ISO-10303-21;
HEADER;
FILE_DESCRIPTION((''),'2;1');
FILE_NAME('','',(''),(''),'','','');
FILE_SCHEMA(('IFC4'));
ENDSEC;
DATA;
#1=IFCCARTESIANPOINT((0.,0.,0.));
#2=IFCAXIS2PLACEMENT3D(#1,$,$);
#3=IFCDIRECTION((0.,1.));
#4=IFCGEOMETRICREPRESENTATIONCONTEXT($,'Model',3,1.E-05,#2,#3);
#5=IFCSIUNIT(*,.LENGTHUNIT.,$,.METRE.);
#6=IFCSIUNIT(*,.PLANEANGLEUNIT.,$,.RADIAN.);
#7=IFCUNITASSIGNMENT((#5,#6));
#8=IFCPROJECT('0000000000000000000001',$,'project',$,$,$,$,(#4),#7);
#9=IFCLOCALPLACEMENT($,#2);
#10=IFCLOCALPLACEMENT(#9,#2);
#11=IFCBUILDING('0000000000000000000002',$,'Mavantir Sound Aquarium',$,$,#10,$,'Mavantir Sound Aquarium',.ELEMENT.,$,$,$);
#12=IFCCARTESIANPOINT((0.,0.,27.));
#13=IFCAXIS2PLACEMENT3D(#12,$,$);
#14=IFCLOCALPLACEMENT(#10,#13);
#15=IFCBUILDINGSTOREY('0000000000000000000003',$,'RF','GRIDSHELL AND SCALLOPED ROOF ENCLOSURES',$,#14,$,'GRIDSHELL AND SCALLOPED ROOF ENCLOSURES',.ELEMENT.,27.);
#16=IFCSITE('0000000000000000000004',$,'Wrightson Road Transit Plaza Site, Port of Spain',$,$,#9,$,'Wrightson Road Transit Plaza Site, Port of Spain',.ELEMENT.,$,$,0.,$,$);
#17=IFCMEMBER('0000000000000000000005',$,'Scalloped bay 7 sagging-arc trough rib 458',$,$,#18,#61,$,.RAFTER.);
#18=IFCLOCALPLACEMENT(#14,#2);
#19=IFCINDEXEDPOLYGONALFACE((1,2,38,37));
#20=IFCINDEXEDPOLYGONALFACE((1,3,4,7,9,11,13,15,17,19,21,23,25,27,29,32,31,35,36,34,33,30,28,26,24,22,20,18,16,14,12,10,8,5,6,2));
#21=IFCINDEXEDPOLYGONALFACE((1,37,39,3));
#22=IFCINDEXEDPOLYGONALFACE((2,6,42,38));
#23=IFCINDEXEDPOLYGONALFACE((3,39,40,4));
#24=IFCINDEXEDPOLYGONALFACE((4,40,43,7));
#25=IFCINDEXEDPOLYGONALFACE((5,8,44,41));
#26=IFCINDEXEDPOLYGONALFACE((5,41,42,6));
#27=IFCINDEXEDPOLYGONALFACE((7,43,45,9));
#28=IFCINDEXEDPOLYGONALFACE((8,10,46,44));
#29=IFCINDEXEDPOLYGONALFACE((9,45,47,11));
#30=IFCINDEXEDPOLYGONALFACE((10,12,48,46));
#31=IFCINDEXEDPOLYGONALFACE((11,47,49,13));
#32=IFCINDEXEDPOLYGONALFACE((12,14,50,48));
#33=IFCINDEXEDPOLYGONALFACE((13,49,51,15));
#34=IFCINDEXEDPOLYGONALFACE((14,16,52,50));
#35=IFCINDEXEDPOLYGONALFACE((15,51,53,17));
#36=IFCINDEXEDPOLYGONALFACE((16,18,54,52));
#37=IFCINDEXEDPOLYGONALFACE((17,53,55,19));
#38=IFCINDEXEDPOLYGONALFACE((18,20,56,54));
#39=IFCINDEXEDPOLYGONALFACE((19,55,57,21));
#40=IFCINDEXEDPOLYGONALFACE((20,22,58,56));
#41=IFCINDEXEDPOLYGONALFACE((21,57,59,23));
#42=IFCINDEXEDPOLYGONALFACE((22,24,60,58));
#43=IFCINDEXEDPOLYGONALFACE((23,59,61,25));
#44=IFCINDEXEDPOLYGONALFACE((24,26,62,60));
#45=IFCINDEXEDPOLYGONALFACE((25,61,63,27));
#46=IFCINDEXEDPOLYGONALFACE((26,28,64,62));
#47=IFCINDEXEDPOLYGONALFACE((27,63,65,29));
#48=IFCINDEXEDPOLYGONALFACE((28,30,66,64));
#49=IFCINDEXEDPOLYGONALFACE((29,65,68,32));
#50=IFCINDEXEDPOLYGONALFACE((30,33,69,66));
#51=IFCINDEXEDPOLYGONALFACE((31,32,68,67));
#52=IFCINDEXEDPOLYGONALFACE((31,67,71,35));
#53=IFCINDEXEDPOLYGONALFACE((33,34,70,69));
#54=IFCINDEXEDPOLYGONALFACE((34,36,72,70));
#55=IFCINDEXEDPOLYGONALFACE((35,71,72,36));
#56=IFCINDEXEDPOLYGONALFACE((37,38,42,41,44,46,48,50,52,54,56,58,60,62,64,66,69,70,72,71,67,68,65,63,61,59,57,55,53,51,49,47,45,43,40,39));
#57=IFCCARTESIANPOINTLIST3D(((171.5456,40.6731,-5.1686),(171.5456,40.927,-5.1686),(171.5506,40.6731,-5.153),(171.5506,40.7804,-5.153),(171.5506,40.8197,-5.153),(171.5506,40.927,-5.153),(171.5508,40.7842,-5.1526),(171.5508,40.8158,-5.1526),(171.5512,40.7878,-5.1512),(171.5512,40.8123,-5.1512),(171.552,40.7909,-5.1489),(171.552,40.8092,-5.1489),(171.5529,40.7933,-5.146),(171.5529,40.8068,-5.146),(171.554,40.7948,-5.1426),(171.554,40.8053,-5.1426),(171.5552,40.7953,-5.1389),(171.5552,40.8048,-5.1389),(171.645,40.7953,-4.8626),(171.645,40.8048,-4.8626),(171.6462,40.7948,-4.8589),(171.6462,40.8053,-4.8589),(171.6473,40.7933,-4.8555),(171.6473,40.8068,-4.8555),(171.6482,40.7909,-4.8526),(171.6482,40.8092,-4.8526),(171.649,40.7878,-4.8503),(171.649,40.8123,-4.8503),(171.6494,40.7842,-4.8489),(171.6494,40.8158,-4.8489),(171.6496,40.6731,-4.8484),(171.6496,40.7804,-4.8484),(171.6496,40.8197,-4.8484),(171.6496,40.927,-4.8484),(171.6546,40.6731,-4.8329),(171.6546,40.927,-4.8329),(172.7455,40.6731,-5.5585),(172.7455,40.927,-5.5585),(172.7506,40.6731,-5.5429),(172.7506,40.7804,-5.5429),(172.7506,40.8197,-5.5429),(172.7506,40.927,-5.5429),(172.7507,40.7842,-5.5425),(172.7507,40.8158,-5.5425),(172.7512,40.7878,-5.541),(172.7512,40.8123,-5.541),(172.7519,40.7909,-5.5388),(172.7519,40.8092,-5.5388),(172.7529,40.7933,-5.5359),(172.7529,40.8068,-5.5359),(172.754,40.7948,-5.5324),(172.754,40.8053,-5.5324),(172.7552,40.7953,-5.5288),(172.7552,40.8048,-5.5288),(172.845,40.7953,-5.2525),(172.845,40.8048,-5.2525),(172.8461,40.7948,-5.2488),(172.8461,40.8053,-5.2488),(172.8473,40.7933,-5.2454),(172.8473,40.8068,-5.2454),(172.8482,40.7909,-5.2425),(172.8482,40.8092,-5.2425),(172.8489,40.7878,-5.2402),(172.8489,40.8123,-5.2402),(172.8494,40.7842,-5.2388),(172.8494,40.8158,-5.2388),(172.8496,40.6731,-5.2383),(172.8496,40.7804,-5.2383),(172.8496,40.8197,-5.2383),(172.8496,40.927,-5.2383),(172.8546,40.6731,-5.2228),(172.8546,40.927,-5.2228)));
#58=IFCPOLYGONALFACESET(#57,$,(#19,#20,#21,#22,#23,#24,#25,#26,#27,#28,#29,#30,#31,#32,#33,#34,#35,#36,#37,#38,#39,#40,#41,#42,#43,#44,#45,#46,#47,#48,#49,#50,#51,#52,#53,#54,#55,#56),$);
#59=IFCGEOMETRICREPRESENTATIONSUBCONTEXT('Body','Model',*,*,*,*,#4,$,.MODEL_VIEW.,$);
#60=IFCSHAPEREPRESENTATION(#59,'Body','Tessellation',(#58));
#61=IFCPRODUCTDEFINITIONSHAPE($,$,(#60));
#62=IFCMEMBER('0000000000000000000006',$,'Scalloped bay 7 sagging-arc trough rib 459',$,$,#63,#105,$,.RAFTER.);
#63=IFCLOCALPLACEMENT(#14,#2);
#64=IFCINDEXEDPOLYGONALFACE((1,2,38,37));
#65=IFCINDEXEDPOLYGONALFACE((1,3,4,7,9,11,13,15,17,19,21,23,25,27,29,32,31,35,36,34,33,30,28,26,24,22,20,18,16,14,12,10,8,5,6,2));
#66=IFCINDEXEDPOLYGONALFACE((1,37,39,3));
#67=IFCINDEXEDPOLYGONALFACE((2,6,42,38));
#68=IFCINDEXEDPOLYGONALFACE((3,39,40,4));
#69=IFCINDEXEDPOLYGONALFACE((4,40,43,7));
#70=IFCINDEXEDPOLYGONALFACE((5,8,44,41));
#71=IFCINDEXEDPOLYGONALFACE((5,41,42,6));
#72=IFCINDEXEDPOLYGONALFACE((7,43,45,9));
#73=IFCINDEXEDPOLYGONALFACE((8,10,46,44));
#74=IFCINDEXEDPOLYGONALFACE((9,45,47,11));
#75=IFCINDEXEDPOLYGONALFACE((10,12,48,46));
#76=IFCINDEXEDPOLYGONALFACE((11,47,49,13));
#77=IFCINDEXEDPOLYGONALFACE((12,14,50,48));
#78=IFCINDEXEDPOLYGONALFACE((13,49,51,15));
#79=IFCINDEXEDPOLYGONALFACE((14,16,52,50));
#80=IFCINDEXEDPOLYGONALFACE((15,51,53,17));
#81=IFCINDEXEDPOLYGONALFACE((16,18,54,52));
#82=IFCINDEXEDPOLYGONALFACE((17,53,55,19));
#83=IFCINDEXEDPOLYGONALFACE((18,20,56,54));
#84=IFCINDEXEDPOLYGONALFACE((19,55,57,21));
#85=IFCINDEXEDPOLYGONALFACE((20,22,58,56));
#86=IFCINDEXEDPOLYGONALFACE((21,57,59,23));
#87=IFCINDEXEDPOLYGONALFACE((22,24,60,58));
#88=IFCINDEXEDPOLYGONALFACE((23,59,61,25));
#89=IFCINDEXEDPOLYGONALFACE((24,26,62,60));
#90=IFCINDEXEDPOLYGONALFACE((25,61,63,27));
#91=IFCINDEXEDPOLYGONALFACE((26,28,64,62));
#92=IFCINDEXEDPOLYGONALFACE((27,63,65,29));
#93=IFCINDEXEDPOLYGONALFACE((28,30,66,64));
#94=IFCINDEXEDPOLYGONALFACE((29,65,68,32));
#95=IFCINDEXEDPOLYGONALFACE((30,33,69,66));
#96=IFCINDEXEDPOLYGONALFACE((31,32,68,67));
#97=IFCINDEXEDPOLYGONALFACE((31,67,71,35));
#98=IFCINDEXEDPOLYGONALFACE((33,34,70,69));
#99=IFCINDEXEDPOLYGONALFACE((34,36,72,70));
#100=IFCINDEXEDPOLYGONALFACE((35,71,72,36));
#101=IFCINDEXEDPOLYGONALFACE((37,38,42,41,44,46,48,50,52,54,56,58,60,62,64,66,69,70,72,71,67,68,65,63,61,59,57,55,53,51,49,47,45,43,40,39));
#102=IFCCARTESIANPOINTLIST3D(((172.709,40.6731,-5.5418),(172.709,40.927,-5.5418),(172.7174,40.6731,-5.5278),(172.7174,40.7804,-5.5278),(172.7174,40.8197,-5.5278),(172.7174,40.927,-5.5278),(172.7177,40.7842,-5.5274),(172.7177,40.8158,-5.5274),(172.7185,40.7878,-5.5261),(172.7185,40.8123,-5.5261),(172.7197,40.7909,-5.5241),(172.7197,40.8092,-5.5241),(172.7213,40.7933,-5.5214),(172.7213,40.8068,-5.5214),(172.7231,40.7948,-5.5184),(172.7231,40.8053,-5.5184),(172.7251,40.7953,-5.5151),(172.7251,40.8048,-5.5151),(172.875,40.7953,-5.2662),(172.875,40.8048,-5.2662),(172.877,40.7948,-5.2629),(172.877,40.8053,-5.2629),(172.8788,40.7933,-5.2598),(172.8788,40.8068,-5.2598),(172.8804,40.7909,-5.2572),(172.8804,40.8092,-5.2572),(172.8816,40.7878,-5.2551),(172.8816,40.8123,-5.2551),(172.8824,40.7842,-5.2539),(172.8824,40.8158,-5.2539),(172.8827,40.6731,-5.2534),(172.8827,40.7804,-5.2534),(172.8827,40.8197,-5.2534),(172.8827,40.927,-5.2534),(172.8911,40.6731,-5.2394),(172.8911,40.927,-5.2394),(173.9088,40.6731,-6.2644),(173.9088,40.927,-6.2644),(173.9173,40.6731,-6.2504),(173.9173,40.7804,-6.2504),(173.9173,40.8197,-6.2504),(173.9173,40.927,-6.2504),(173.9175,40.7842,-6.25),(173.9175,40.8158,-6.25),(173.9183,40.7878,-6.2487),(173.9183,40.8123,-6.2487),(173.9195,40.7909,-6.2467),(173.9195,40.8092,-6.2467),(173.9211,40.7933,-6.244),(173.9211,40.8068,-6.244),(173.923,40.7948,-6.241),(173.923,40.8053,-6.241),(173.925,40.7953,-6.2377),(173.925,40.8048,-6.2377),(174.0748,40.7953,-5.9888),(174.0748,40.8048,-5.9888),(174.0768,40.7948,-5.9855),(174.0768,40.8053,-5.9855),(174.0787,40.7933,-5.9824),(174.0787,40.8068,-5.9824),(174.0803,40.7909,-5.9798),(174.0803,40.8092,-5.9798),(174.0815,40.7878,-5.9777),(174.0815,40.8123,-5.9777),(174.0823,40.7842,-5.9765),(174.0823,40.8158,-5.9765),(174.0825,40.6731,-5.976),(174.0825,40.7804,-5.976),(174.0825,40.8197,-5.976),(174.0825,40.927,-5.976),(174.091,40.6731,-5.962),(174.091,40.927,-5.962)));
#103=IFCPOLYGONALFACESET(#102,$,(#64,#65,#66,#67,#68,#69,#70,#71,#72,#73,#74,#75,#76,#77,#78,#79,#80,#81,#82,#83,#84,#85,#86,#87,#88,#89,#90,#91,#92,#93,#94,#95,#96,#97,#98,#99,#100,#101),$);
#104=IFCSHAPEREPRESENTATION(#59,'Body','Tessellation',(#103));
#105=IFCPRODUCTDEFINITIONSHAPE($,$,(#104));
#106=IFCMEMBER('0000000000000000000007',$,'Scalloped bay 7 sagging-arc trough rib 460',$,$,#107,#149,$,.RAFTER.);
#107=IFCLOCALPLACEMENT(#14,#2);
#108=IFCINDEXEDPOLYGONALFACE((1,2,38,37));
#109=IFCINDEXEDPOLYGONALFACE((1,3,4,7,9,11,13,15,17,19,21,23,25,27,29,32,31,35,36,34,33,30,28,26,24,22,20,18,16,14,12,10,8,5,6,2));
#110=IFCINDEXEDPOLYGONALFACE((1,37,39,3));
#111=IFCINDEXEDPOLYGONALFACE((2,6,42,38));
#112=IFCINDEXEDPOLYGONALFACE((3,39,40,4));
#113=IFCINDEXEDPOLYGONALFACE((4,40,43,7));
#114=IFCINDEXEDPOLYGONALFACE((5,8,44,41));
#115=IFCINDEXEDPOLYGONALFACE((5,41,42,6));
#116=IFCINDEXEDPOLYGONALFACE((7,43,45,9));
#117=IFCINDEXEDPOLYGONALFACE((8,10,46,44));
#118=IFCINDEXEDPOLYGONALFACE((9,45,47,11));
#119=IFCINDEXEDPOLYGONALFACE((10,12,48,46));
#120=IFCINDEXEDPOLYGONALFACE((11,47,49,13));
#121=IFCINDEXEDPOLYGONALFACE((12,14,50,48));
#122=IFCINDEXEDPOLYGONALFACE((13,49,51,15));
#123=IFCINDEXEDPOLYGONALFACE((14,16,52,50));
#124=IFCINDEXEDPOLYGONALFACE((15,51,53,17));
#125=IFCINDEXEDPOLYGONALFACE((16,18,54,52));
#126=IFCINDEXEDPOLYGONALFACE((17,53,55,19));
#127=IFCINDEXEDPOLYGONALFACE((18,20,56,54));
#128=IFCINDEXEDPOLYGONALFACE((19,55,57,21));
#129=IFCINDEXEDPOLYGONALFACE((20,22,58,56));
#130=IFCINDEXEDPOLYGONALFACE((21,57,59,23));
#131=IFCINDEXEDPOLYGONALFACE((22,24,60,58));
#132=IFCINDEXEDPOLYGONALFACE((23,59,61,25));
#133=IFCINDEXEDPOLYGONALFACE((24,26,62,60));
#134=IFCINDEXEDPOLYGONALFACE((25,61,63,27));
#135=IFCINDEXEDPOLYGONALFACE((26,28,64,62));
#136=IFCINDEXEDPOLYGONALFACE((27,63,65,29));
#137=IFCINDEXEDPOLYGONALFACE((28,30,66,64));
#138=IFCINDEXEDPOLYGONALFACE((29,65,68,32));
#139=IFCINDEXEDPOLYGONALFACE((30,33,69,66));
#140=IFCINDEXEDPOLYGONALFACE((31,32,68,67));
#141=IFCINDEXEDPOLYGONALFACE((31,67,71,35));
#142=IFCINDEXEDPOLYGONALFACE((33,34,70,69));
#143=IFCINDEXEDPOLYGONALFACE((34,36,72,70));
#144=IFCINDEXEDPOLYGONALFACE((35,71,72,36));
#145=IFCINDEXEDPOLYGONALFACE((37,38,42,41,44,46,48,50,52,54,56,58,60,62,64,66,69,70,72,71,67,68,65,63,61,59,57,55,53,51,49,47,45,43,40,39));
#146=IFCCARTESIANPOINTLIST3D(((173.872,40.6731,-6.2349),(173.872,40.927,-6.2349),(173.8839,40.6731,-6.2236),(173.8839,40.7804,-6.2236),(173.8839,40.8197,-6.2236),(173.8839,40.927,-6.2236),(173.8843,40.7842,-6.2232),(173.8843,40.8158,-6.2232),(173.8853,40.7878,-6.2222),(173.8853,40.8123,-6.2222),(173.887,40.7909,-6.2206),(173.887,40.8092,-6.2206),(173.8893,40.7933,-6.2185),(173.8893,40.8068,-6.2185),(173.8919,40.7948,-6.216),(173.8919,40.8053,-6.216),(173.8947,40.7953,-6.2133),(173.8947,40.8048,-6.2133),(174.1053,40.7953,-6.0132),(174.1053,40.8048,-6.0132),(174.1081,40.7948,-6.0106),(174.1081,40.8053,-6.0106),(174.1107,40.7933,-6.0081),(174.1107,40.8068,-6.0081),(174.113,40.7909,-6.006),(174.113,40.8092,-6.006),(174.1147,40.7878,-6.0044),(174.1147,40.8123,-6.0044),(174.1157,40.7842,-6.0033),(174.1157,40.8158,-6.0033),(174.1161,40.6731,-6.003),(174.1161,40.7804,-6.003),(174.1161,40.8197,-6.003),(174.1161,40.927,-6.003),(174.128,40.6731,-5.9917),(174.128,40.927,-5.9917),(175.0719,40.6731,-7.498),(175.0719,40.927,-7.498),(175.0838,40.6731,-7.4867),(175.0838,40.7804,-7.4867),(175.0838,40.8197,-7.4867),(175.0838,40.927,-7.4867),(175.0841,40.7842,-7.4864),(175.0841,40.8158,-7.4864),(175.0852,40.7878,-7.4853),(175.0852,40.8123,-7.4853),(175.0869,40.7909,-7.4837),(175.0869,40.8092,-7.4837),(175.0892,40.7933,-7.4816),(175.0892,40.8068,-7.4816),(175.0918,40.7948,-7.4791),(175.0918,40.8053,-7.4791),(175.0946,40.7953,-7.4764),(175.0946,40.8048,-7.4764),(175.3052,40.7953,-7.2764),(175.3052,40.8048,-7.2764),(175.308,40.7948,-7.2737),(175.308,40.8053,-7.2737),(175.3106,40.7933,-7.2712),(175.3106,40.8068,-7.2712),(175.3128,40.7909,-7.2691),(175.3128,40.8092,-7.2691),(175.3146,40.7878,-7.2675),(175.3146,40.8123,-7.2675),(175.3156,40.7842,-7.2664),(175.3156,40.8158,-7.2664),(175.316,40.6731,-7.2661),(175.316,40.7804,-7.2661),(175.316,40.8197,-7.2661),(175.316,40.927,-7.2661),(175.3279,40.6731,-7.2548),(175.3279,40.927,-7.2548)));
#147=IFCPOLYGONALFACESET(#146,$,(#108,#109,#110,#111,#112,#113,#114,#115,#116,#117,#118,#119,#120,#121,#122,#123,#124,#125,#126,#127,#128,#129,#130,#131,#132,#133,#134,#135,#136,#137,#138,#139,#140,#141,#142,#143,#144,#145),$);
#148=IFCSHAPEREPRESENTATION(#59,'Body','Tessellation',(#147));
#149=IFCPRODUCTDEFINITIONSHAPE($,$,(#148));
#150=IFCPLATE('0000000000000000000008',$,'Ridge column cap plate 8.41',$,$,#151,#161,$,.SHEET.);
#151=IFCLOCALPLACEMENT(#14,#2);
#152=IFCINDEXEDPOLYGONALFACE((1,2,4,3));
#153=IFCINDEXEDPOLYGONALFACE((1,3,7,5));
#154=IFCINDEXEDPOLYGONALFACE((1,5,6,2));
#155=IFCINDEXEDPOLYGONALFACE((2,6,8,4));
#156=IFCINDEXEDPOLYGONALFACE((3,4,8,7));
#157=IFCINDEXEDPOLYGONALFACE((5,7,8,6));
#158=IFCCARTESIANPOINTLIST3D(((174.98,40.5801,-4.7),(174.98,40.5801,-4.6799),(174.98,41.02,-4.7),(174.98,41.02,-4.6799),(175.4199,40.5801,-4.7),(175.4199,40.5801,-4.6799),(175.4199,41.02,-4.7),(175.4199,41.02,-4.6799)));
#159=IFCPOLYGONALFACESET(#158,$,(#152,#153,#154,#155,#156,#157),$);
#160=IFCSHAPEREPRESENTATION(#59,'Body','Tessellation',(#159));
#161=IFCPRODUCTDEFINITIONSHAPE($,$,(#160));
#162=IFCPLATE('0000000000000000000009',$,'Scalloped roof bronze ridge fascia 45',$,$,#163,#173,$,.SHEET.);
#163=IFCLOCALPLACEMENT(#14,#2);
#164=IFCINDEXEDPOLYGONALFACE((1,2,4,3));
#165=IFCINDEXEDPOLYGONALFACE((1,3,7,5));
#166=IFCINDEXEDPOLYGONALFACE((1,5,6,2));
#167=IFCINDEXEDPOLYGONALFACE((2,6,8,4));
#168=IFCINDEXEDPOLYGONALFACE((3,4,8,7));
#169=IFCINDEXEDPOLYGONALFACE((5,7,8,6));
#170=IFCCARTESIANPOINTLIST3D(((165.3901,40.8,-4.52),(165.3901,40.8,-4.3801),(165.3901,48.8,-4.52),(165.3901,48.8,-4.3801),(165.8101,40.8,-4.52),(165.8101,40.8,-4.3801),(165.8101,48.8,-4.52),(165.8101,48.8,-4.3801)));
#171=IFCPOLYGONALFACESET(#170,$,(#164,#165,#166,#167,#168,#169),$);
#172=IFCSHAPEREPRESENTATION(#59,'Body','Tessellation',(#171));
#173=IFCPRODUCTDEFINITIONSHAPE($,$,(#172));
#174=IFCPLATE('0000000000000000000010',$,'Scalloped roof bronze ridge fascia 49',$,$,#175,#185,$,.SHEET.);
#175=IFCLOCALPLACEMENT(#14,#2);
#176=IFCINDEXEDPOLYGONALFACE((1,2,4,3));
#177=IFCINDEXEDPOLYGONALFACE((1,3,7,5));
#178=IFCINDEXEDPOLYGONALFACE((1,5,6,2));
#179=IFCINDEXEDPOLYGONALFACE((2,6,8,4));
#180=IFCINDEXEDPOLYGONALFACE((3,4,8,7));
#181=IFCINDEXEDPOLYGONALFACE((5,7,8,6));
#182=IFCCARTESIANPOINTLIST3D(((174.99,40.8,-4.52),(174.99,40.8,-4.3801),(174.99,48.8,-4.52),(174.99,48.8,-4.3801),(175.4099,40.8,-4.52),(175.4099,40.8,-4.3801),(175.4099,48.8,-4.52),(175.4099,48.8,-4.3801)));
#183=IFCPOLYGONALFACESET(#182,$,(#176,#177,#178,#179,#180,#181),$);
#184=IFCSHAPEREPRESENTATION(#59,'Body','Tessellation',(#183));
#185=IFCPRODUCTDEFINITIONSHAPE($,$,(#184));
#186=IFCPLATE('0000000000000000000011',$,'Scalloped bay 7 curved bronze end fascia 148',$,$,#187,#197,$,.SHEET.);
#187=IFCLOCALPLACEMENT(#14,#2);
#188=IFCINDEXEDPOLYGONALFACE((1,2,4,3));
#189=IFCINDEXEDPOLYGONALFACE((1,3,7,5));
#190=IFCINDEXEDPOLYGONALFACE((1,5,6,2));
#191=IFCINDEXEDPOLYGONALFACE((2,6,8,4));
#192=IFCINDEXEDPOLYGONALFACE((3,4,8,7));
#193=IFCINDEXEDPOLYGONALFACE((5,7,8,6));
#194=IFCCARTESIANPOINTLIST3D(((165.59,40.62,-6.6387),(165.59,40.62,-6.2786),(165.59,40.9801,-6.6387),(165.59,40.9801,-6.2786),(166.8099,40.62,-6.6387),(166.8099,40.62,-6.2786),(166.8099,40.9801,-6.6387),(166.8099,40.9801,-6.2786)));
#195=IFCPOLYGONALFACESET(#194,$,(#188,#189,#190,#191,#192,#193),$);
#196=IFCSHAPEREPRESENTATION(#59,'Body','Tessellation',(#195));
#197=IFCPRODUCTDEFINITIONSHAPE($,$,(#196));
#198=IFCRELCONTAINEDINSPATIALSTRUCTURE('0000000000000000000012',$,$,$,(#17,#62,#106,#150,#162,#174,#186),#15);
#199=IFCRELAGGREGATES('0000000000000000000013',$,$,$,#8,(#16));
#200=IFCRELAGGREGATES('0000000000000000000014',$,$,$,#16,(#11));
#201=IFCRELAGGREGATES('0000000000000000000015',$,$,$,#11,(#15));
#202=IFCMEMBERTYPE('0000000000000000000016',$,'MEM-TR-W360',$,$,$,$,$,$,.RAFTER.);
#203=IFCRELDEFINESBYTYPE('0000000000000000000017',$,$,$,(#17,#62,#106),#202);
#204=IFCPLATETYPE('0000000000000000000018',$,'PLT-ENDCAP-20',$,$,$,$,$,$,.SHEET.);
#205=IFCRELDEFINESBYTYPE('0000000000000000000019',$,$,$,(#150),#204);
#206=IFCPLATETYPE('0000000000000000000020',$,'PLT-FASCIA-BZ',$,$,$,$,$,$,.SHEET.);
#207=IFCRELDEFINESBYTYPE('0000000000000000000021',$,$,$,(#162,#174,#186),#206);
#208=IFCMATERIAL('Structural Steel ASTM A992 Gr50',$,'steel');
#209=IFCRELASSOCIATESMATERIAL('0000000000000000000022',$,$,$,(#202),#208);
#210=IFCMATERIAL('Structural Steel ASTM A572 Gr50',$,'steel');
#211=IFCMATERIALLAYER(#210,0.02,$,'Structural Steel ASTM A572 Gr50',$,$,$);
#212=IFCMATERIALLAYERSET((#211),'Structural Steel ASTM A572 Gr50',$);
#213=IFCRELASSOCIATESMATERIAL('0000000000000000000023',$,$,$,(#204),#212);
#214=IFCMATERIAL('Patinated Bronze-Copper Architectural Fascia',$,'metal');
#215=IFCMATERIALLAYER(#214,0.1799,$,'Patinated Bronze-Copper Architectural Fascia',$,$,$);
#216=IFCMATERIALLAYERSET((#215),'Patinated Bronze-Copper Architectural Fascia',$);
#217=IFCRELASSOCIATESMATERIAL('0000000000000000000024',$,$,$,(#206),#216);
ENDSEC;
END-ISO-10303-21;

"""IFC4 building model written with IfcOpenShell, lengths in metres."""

from ifc_helpers import new_model, si_unit, direction, frame, origin, origin_2d, place, context, subcontext, project, spatial, rectangle, i_section, extrude, material, layer, layer_set, material_profile, profile_set, type_object, element, save


model = new_model("IFC4")

# Units and contexts
model_context = context("Model", 3, precision=1e-05, world=origin(), true_north=direction((0.0, 1.0)))
body_context = subcontext(model_context, "Body", "Model", "MODEL_VIEW")
ifc_project = project(units=[si_unit("LENGTHUNIT", "METRE"), si_unit("PLANEANGLEUNIT", "RADIAN")], contexts=[model_context])

# Site, building, storey
site_placement = place(None, origin())
site = spatial("IfcSite", under=ifc_project, at=site_placement, Name="Wrightson Road Transit Plaza Site, Port of Spain", LongName="Wrightson Road Transit Plaza Site, Port of Spain", CompositionType="ELEMENT", RefElevation=0.0)
building_placement = place(site_placement, origin())
building = spatial("IfcBuilding", under=site, at=building_placement, Name="Mavantir Sound Aquarium", LongName="Mavantir Sound Aquarium", CompositionType="ELEMENT")
storey_placement = place(building_placement, frame((0.0, 0.0, 27.0)))
storey = spatial("IfcBuildingStorey", under=building, at=storey_placement, Name="RF", Description="GRIDSHELL AND SCALLOPED ROOF ENCLOSURES", LongName="GRIDSHELL AND SCALLOPED ROOF ENCLOSURES", CompositionType="ELEMENT", Elevation=27.0)

# Shared definitions
ifc_material_1 = material(Name="Structural Steel ASTM A992 Gr50", Category="steel")

# Members
ifc_material_profile_1 = material_profile(ifc_material_1, i_section(OverallWidth=0.2539, OverallDepth=0.353, WebThickness=0.0095, FlangeThickness=0.0164, FilletRadius=0.0149, at=origin_2d()), Name="W360X91")
ifc_profile_set_1 = profile_set([ifc_material_profile_1], Name="Structural Steel ASTM A992 Gr50")
member_type_1 = type_object("IfcMemberType", Name="MEM-TR-W360", PredefinedType="RAFTER", material=ifc_profile_set_1)
member_1_placement = place(storey_placement, frame((171.6001, 40.8, -5.0007), z_axis=(0.951055, 0.0, -0.30902), x_axis=(0.0, 1.0, 0.0)))
element("IfcMember", 1, at=member_1_placement, inside=storey, type_object=member_type_1, Name="Scalloped bay 7 sagging-arc trough rib 458", PredefinedType="RAFTER", context=body_context, shape_type="SweptSolid", body=[
    extrude(i_section(OverallWidth=0.2539, OverallDepth=0.353, WebThickness=0.0095, FlangeThickness=0.0164, FilletRadius=0.0149, at=origin_2d()), origin(), (0.0, 0.0, 1.0), 1.2617),
])
member_2_placement = place(storey_placement, frame((172.8, 40.8, -5.3906), z_axis=(0.856646, 0.0, -0.515905), x_axis=(0.0, 1.0, 0.0)))
element("IfcMember", 2, at=member_2_placement, inside=storey, type_object=member_type_1, Name="Scalloped bay 7 sagging-arc trough rib 459", PredefinedType="RAFTER", context=body_context, shape_type="SweptSolid", body=[
    extrude(i_section(OverallWidth=0.2539, OverallDepth=0.353, WebThickness=0.0095, FlangeThickness=0.0164, FilletRadius=0.0149, at=origin_2d()), origin(), (0.0, 0.0, 1.0), 1.4006),
])
member_3_placement = place(storey_placement, frame((174.0, 40.8, -6.1133), z_axis=(0.688727, 0.0, -0.72502), x_axis=(0.0, 1.0, 0.0)))
element("IfcMember", 3, at=member_3_placement, inside=storey, type_object=member_type_1, Name="Scalloped bay 7 sagging-arc trough rib 460", PredefinedType="RAFTER", context=body_context, shape_type="SweptSolid", body=[
    extrude(i_section(OverallWidth=0.2539, OverallDepth=0.353, WebThickness=0.0095, FlangeThickness=0.0164, FilletRadius=0.0149, at=origin_2d()), origin(), (0.0, 0.0, 1.0), 1.7422),
])

# Plates
ifc_material_2 = material(Name="Structural Steel ASTM A572 Gr50", Category="steel")
ifc_layer_1 = layer(ifc_material_2, 0.02, Name="Structural Steel ASTM A572 Gr50")
ifc_layer_set_1 = layer_set([ifc_layer_1], Name="Structural Steel ASTM A572 Gr50")
plate_type_1 = type_object("IfcPlateType", Name="PLT-ENDCAP-20", PredefinedType="SHEET", material=ifc_layer_set_1)
plate_placement = place(storey_placement, frame((175.2, 40.8, -4.7), z_axis=(0.0, 0.0, 1.0), x_axis=(1.0, 0.0, 0.0)))
element("IfcPlate", 4, at=plate_placement, inside=storey, type_object=plate_type_1, Name="Ridge column cap plate 8.41", PredefinedType="SHEET", context=body_context, shape_type="SweptSolid", body=[
    extrude(rectangle(XDim=0.4399, YDim=0.4399, at=origin_2d()), origin(), (0.0, 0.0, 1.0), 0.02),
])
ifc_material_3 = material(Name="Patinated Bronze-Copper Architectural Fascia", Category="metal")
ifc_layer_2 = layer(ifc_material_3, 0.1799, Name="Patinated Bronze-Copper Architectural Fascia")
ifc_layer_set_2 = layer_set([ifc_layer_2], Name="Patinated Bronze-Copper Architectural Fascia")
plate_type_2 = type_object("IfcPlateType", Name="PLT-FASCIA-BZ", PredefinedType="SHEET", material=ifc_layer_set_2)
for number, where, z_axis, x_axis, name in (
    (5, (165.6001, 44.8, -4.52), (0.0, 0.0, 1.0), (1.0, 0.0, 0.0), "Scalloped roof bronze ridge fascia 45"),
    (6, (175.2, 44.8, -4.52), (0.0, 0.0, 1.0), (1.0, 0.0, 0.0), "Scalloped roof bronze ridge fascia 49"),
):
    element("IfcPlate", number, at=place(storey_placement, frame(where, z_axis=z_axis, x_axis=x_axis)), inside=storey, type_object=plate_type_2, Name=name, PredefinedType="SHEET", context=body_context, shape_type="SweptSolid", body=[
        extrude(rectangle(XDim=0.4199, YDim=8.0, at=origin_2d()), origin(), (0.0, 0.0, 1.0), 0.1399),
    ])
for number, where, z_axis, x_axis, name in (
    (7, (166.2, 40.8, -6.6387), (0.0, 0.0, 1.0), (1.0, 0.0, 0.0), "Scalloped bay 7 curved bronze end fascia 148"),
):
    element("IfcPlate", number, at=place(storey_placement, frame(where, z_axis=z_axis, x_axis=x_axis)), inside=storey, type_object=plate_type_2, Name=name, PredefinedType="SHEET", context=body_context, shape_type="SweptSolid", body=[
        extrude(rectangle(XDim=1.22, YDim=0.3601, at=origin_2d()), origin(), (0.0, 0.0, 1.0), 0.3601),
    ])

save(model, "model.ifc")
